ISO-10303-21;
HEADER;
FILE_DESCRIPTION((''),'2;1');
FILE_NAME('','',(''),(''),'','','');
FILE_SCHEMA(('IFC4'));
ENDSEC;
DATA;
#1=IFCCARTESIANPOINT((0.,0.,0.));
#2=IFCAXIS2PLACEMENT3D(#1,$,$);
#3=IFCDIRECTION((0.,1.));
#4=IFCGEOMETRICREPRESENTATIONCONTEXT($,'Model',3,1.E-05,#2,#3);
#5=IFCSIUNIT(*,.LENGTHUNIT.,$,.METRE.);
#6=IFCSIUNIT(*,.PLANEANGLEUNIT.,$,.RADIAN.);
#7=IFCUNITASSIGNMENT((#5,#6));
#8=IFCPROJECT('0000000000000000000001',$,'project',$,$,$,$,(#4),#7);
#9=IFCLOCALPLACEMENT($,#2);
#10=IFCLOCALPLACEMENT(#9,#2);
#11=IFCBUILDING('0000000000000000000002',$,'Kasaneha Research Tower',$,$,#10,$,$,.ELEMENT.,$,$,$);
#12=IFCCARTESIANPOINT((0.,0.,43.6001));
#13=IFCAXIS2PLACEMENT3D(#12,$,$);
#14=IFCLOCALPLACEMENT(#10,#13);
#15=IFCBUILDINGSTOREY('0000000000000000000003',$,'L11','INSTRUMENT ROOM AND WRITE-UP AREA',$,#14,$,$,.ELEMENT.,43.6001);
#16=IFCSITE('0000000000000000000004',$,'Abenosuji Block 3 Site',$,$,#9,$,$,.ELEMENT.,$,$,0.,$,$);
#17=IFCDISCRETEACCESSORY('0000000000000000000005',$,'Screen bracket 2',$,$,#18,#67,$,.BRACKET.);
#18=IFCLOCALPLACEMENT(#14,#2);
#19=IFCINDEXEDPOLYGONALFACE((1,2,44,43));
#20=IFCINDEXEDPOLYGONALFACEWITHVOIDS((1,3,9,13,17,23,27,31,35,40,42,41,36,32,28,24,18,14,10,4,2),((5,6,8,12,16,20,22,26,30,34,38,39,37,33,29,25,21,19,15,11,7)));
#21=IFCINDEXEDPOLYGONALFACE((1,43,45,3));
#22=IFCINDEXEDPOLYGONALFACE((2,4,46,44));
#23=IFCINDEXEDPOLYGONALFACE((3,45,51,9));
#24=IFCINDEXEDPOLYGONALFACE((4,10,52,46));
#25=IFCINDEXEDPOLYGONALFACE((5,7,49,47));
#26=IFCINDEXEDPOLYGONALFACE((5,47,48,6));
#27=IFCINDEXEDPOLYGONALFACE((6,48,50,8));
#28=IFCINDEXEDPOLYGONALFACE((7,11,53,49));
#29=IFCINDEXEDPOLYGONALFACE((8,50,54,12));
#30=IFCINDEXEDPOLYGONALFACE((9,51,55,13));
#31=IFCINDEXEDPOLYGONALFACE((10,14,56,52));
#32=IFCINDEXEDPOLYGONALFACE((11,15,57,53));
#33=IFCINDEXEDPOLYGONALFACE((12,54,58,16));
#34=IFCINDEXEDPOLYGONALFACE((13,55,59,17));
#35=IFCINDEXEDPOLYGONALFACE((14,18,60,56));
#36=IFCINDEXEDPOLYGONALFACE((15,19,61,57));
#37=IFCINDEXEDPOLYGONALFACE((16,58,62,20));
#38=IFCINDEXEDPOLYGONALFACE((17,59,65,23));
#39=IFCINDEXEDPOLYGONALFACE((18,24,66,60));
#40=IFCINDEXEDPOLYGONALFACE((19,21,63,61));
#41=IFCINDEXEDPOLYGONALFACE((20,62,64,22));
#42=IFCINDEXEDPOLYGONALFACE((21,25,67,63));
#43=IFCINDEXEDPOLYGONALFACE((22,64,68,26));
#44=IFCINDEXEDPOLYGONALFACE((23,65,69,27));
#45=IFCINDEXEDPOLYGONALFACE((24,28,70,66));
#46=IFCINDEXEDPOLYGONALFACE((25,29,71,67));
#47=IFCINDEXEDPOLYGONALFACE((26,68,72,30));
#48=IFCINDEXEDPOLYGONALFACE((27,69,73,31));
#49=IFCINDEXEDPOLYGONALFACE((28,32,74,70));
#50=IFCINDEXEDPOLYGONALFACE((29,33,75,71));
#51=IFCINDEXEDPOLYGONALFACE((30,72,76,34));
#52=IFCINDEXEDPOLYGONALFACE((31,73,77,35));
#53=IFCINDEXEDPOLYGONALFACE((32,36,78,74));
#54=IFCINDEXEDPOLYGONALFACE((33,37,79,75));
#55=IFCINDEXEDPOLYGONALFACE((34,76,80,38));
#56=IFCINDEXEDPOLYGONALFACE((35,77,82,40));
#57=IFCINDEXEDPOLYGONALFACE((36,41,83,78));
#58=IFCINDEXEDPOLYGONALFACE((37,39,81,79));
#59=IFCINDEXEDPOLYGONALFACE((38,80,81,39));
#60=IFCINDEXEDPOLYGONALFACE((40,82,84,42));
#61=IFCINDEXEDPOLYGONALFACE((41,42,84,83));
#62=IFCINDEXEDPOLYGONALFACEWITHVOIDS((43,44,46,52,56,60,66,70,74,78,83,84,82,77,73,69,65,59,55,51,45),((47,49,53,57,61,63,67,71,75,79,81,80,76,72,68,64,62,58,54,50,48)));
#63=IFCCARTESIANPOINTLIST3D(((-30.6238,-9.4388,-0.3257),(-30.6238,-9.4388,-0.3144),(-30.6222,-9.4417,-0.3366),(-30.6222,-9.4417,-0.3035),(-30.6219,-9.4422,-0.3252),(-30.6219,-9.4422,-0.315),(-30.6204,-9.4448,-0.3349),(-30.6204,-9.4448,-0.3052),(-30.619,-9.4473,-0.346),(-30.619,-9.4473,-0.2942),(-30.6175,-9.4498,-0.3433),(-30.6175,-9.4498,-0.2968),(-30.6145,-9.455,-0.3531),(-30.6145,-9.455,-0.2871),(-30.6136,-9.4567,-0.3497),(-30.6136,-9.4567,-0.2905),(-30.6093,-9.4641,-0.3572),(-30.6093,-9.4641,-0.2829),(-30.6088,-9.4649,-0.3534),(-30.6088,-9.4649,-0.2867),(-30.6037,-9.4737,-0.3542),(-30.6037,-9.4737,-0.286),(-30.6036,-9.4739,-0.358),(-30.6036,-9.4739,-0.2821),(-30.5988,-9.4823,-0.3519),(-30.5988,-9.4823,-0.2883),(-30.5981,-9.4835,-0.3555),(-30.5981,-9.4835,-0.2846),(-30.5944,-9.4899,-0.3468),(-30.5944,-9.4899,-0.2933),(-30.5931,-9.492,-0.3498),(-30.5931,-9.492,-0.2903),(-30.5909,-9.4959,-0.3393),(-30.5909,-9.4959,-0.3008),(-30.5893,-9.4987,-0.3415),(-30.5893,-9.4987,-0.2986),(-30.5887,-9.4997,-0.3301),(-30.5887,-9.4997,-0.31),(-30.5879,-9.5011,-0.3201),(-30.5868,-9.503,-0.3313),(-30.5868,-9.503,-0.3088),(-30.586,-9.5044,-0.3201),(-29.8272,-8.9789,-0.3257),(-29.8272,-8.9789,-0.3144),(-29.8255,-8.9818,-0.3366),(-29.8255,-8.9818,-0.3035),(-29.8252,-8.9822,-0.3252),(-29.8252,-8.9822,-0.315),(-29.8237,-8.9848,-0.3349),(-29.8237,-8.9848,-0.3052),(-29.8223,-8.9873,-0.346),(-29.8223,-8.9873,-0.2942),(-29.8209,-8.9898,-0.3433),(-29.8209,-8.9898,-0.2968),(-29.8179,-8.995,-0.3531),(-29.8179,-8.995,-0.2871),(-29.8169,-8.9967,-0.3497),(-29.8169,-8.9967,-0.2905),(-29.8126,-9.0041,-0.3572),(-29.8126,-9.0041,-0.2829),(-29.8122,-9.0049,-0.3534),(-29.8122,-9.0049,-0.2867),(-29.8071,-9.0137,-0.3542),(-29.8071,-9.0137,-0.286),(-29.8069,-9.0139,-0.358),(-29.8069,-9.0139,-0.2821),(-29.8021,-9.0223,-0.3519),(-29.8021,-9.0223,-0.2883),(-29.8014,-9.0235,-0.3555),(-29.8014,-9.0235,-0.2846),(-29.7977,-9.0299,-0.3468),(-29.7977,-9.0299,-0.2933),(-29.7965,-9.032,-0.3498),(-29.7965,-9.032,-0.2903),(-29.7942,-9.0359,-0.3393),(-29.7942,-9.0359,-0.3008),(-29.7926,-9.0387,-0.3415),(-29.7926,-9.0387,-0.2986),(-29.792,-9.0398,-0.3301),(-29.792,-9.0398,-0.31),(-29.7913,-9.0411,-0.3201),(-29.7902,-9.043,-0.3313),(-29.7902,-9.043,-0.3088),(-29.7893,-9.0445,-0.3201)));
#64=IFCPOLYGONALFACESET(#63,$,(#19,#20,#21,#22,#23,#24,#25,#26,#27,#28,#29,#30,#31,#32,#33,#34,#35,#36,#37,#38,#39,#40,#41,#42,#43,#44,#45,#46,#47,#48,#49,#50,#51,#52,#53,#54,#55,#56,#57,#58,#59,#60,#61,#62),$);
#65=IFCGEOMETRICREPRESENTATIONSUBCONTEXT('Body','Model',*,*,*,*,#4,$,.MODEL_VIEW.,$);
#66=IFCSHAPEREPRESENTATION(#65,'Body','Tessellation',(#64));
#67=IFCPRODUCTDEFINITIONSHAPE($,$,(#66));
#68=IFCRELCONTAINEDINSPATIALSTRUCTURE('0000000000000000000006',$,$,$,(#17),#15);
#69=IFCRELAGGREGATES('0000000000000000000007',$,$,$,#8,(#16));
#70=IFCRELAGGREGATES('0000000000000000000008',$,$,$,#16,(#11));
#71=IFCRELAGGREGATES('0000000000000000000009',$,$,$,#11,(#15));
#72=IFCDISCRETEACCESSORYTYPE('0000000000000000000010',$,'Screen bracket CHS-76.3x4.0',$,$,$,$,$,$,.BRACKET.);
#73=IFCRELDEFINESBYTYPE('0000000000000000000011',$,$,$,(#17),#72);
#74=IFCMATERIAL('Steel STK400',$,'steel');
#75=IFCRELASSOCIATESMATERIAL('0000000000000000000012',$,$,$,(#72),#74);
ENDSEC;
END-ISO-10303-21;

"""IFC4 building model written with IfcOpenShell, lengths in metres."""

from ifc_helpers import new_model, si_unit, direction, frame, origin, origin_2d, place, context, subcontext, project, spatial, hollow_circle, extrude, material, material_profile, profile_set, type_object, element, save


model = new_model("IFC4")

# Units and contexts
model_context = context("Model", 3, precision=1e-05, world=origin(), true_north=direction((0.0, 1.0)))
body_context = subcontext(model_context, "Body", "Model", "MODEL_VIEW")
ifc_project = project(units=[si_unit("LENGTHUNIT", "METRE"), si_unit("PLANEANGLEUNIT", "RADIAN")], contexts=[model_context])

# Site, building, storey
site_placement = place(None, origin())
site = spatial("IfcSite", under=ifc_project, at=site_placement, Name="Abenosuji Block 3 Site", CompositionType="ELEMENT", RefElevation=0.0)
building_placement = place(site_placement, origin())
building = spatial("IfcBuilding", under=site, at=building_placement, Name="Kasaneha Research Tower", CompositionType="ELEMENT")
storey_placement = place(building_placement, frame((0.0, 0.0, 43.6001)))
storey = spatial("IfcBuildingStorey", under=building, at=storey_placement, Name="L11", Description="INSTRUMENT ROOM AND WRITE-UP AREA", CompositionType="ELEMENT", Elevation=43.6001)

# Discrete accessory
ifc_material_1 = material(Name="Steel STK400", Category="steel")
ifc_material_profile_1 = material_profile(ifc_material_1, hollow_circle(Radius=0.0381, WallThickness=0.0039, at=origin_2d()), Name="CHS-76.3x4.0")
ifc_profile_set_1 = profile_set([ifc_material_profile_1], Name="Steel STK400")
discrete_accessory_type = type_object("IfcDiscreteAccessoryType", Name="Screen bracket CHS-76.3x4.0", PredefinedType="BRACKET", material=ifc_profile_set_1)
discrete_accessory_1_placement = place(storey_placement, frame((-29.8083, -9.0115, -0.3201), z_axis=(-0.866013, -0.500021, 0.0), x_axis=(0.500021, -0.866013, 0.0)))
element("IfcDiscreteAccessory", 1, at=discrete_accessory_1_placement, inside=storey, type_object=discrete_accessory_type, Name="Screen bracket 2", PredefinedType="BRACKET", context=body_context, shape_type="SweptSolid", body=[
    extrude(hollow_circle(Radius=0.0381, WallThickness=0.0039, at=origin_2d()), origin(), (0.0, 0.0, 1.0), 0.9199),
])

save(model, "model.ifc")
